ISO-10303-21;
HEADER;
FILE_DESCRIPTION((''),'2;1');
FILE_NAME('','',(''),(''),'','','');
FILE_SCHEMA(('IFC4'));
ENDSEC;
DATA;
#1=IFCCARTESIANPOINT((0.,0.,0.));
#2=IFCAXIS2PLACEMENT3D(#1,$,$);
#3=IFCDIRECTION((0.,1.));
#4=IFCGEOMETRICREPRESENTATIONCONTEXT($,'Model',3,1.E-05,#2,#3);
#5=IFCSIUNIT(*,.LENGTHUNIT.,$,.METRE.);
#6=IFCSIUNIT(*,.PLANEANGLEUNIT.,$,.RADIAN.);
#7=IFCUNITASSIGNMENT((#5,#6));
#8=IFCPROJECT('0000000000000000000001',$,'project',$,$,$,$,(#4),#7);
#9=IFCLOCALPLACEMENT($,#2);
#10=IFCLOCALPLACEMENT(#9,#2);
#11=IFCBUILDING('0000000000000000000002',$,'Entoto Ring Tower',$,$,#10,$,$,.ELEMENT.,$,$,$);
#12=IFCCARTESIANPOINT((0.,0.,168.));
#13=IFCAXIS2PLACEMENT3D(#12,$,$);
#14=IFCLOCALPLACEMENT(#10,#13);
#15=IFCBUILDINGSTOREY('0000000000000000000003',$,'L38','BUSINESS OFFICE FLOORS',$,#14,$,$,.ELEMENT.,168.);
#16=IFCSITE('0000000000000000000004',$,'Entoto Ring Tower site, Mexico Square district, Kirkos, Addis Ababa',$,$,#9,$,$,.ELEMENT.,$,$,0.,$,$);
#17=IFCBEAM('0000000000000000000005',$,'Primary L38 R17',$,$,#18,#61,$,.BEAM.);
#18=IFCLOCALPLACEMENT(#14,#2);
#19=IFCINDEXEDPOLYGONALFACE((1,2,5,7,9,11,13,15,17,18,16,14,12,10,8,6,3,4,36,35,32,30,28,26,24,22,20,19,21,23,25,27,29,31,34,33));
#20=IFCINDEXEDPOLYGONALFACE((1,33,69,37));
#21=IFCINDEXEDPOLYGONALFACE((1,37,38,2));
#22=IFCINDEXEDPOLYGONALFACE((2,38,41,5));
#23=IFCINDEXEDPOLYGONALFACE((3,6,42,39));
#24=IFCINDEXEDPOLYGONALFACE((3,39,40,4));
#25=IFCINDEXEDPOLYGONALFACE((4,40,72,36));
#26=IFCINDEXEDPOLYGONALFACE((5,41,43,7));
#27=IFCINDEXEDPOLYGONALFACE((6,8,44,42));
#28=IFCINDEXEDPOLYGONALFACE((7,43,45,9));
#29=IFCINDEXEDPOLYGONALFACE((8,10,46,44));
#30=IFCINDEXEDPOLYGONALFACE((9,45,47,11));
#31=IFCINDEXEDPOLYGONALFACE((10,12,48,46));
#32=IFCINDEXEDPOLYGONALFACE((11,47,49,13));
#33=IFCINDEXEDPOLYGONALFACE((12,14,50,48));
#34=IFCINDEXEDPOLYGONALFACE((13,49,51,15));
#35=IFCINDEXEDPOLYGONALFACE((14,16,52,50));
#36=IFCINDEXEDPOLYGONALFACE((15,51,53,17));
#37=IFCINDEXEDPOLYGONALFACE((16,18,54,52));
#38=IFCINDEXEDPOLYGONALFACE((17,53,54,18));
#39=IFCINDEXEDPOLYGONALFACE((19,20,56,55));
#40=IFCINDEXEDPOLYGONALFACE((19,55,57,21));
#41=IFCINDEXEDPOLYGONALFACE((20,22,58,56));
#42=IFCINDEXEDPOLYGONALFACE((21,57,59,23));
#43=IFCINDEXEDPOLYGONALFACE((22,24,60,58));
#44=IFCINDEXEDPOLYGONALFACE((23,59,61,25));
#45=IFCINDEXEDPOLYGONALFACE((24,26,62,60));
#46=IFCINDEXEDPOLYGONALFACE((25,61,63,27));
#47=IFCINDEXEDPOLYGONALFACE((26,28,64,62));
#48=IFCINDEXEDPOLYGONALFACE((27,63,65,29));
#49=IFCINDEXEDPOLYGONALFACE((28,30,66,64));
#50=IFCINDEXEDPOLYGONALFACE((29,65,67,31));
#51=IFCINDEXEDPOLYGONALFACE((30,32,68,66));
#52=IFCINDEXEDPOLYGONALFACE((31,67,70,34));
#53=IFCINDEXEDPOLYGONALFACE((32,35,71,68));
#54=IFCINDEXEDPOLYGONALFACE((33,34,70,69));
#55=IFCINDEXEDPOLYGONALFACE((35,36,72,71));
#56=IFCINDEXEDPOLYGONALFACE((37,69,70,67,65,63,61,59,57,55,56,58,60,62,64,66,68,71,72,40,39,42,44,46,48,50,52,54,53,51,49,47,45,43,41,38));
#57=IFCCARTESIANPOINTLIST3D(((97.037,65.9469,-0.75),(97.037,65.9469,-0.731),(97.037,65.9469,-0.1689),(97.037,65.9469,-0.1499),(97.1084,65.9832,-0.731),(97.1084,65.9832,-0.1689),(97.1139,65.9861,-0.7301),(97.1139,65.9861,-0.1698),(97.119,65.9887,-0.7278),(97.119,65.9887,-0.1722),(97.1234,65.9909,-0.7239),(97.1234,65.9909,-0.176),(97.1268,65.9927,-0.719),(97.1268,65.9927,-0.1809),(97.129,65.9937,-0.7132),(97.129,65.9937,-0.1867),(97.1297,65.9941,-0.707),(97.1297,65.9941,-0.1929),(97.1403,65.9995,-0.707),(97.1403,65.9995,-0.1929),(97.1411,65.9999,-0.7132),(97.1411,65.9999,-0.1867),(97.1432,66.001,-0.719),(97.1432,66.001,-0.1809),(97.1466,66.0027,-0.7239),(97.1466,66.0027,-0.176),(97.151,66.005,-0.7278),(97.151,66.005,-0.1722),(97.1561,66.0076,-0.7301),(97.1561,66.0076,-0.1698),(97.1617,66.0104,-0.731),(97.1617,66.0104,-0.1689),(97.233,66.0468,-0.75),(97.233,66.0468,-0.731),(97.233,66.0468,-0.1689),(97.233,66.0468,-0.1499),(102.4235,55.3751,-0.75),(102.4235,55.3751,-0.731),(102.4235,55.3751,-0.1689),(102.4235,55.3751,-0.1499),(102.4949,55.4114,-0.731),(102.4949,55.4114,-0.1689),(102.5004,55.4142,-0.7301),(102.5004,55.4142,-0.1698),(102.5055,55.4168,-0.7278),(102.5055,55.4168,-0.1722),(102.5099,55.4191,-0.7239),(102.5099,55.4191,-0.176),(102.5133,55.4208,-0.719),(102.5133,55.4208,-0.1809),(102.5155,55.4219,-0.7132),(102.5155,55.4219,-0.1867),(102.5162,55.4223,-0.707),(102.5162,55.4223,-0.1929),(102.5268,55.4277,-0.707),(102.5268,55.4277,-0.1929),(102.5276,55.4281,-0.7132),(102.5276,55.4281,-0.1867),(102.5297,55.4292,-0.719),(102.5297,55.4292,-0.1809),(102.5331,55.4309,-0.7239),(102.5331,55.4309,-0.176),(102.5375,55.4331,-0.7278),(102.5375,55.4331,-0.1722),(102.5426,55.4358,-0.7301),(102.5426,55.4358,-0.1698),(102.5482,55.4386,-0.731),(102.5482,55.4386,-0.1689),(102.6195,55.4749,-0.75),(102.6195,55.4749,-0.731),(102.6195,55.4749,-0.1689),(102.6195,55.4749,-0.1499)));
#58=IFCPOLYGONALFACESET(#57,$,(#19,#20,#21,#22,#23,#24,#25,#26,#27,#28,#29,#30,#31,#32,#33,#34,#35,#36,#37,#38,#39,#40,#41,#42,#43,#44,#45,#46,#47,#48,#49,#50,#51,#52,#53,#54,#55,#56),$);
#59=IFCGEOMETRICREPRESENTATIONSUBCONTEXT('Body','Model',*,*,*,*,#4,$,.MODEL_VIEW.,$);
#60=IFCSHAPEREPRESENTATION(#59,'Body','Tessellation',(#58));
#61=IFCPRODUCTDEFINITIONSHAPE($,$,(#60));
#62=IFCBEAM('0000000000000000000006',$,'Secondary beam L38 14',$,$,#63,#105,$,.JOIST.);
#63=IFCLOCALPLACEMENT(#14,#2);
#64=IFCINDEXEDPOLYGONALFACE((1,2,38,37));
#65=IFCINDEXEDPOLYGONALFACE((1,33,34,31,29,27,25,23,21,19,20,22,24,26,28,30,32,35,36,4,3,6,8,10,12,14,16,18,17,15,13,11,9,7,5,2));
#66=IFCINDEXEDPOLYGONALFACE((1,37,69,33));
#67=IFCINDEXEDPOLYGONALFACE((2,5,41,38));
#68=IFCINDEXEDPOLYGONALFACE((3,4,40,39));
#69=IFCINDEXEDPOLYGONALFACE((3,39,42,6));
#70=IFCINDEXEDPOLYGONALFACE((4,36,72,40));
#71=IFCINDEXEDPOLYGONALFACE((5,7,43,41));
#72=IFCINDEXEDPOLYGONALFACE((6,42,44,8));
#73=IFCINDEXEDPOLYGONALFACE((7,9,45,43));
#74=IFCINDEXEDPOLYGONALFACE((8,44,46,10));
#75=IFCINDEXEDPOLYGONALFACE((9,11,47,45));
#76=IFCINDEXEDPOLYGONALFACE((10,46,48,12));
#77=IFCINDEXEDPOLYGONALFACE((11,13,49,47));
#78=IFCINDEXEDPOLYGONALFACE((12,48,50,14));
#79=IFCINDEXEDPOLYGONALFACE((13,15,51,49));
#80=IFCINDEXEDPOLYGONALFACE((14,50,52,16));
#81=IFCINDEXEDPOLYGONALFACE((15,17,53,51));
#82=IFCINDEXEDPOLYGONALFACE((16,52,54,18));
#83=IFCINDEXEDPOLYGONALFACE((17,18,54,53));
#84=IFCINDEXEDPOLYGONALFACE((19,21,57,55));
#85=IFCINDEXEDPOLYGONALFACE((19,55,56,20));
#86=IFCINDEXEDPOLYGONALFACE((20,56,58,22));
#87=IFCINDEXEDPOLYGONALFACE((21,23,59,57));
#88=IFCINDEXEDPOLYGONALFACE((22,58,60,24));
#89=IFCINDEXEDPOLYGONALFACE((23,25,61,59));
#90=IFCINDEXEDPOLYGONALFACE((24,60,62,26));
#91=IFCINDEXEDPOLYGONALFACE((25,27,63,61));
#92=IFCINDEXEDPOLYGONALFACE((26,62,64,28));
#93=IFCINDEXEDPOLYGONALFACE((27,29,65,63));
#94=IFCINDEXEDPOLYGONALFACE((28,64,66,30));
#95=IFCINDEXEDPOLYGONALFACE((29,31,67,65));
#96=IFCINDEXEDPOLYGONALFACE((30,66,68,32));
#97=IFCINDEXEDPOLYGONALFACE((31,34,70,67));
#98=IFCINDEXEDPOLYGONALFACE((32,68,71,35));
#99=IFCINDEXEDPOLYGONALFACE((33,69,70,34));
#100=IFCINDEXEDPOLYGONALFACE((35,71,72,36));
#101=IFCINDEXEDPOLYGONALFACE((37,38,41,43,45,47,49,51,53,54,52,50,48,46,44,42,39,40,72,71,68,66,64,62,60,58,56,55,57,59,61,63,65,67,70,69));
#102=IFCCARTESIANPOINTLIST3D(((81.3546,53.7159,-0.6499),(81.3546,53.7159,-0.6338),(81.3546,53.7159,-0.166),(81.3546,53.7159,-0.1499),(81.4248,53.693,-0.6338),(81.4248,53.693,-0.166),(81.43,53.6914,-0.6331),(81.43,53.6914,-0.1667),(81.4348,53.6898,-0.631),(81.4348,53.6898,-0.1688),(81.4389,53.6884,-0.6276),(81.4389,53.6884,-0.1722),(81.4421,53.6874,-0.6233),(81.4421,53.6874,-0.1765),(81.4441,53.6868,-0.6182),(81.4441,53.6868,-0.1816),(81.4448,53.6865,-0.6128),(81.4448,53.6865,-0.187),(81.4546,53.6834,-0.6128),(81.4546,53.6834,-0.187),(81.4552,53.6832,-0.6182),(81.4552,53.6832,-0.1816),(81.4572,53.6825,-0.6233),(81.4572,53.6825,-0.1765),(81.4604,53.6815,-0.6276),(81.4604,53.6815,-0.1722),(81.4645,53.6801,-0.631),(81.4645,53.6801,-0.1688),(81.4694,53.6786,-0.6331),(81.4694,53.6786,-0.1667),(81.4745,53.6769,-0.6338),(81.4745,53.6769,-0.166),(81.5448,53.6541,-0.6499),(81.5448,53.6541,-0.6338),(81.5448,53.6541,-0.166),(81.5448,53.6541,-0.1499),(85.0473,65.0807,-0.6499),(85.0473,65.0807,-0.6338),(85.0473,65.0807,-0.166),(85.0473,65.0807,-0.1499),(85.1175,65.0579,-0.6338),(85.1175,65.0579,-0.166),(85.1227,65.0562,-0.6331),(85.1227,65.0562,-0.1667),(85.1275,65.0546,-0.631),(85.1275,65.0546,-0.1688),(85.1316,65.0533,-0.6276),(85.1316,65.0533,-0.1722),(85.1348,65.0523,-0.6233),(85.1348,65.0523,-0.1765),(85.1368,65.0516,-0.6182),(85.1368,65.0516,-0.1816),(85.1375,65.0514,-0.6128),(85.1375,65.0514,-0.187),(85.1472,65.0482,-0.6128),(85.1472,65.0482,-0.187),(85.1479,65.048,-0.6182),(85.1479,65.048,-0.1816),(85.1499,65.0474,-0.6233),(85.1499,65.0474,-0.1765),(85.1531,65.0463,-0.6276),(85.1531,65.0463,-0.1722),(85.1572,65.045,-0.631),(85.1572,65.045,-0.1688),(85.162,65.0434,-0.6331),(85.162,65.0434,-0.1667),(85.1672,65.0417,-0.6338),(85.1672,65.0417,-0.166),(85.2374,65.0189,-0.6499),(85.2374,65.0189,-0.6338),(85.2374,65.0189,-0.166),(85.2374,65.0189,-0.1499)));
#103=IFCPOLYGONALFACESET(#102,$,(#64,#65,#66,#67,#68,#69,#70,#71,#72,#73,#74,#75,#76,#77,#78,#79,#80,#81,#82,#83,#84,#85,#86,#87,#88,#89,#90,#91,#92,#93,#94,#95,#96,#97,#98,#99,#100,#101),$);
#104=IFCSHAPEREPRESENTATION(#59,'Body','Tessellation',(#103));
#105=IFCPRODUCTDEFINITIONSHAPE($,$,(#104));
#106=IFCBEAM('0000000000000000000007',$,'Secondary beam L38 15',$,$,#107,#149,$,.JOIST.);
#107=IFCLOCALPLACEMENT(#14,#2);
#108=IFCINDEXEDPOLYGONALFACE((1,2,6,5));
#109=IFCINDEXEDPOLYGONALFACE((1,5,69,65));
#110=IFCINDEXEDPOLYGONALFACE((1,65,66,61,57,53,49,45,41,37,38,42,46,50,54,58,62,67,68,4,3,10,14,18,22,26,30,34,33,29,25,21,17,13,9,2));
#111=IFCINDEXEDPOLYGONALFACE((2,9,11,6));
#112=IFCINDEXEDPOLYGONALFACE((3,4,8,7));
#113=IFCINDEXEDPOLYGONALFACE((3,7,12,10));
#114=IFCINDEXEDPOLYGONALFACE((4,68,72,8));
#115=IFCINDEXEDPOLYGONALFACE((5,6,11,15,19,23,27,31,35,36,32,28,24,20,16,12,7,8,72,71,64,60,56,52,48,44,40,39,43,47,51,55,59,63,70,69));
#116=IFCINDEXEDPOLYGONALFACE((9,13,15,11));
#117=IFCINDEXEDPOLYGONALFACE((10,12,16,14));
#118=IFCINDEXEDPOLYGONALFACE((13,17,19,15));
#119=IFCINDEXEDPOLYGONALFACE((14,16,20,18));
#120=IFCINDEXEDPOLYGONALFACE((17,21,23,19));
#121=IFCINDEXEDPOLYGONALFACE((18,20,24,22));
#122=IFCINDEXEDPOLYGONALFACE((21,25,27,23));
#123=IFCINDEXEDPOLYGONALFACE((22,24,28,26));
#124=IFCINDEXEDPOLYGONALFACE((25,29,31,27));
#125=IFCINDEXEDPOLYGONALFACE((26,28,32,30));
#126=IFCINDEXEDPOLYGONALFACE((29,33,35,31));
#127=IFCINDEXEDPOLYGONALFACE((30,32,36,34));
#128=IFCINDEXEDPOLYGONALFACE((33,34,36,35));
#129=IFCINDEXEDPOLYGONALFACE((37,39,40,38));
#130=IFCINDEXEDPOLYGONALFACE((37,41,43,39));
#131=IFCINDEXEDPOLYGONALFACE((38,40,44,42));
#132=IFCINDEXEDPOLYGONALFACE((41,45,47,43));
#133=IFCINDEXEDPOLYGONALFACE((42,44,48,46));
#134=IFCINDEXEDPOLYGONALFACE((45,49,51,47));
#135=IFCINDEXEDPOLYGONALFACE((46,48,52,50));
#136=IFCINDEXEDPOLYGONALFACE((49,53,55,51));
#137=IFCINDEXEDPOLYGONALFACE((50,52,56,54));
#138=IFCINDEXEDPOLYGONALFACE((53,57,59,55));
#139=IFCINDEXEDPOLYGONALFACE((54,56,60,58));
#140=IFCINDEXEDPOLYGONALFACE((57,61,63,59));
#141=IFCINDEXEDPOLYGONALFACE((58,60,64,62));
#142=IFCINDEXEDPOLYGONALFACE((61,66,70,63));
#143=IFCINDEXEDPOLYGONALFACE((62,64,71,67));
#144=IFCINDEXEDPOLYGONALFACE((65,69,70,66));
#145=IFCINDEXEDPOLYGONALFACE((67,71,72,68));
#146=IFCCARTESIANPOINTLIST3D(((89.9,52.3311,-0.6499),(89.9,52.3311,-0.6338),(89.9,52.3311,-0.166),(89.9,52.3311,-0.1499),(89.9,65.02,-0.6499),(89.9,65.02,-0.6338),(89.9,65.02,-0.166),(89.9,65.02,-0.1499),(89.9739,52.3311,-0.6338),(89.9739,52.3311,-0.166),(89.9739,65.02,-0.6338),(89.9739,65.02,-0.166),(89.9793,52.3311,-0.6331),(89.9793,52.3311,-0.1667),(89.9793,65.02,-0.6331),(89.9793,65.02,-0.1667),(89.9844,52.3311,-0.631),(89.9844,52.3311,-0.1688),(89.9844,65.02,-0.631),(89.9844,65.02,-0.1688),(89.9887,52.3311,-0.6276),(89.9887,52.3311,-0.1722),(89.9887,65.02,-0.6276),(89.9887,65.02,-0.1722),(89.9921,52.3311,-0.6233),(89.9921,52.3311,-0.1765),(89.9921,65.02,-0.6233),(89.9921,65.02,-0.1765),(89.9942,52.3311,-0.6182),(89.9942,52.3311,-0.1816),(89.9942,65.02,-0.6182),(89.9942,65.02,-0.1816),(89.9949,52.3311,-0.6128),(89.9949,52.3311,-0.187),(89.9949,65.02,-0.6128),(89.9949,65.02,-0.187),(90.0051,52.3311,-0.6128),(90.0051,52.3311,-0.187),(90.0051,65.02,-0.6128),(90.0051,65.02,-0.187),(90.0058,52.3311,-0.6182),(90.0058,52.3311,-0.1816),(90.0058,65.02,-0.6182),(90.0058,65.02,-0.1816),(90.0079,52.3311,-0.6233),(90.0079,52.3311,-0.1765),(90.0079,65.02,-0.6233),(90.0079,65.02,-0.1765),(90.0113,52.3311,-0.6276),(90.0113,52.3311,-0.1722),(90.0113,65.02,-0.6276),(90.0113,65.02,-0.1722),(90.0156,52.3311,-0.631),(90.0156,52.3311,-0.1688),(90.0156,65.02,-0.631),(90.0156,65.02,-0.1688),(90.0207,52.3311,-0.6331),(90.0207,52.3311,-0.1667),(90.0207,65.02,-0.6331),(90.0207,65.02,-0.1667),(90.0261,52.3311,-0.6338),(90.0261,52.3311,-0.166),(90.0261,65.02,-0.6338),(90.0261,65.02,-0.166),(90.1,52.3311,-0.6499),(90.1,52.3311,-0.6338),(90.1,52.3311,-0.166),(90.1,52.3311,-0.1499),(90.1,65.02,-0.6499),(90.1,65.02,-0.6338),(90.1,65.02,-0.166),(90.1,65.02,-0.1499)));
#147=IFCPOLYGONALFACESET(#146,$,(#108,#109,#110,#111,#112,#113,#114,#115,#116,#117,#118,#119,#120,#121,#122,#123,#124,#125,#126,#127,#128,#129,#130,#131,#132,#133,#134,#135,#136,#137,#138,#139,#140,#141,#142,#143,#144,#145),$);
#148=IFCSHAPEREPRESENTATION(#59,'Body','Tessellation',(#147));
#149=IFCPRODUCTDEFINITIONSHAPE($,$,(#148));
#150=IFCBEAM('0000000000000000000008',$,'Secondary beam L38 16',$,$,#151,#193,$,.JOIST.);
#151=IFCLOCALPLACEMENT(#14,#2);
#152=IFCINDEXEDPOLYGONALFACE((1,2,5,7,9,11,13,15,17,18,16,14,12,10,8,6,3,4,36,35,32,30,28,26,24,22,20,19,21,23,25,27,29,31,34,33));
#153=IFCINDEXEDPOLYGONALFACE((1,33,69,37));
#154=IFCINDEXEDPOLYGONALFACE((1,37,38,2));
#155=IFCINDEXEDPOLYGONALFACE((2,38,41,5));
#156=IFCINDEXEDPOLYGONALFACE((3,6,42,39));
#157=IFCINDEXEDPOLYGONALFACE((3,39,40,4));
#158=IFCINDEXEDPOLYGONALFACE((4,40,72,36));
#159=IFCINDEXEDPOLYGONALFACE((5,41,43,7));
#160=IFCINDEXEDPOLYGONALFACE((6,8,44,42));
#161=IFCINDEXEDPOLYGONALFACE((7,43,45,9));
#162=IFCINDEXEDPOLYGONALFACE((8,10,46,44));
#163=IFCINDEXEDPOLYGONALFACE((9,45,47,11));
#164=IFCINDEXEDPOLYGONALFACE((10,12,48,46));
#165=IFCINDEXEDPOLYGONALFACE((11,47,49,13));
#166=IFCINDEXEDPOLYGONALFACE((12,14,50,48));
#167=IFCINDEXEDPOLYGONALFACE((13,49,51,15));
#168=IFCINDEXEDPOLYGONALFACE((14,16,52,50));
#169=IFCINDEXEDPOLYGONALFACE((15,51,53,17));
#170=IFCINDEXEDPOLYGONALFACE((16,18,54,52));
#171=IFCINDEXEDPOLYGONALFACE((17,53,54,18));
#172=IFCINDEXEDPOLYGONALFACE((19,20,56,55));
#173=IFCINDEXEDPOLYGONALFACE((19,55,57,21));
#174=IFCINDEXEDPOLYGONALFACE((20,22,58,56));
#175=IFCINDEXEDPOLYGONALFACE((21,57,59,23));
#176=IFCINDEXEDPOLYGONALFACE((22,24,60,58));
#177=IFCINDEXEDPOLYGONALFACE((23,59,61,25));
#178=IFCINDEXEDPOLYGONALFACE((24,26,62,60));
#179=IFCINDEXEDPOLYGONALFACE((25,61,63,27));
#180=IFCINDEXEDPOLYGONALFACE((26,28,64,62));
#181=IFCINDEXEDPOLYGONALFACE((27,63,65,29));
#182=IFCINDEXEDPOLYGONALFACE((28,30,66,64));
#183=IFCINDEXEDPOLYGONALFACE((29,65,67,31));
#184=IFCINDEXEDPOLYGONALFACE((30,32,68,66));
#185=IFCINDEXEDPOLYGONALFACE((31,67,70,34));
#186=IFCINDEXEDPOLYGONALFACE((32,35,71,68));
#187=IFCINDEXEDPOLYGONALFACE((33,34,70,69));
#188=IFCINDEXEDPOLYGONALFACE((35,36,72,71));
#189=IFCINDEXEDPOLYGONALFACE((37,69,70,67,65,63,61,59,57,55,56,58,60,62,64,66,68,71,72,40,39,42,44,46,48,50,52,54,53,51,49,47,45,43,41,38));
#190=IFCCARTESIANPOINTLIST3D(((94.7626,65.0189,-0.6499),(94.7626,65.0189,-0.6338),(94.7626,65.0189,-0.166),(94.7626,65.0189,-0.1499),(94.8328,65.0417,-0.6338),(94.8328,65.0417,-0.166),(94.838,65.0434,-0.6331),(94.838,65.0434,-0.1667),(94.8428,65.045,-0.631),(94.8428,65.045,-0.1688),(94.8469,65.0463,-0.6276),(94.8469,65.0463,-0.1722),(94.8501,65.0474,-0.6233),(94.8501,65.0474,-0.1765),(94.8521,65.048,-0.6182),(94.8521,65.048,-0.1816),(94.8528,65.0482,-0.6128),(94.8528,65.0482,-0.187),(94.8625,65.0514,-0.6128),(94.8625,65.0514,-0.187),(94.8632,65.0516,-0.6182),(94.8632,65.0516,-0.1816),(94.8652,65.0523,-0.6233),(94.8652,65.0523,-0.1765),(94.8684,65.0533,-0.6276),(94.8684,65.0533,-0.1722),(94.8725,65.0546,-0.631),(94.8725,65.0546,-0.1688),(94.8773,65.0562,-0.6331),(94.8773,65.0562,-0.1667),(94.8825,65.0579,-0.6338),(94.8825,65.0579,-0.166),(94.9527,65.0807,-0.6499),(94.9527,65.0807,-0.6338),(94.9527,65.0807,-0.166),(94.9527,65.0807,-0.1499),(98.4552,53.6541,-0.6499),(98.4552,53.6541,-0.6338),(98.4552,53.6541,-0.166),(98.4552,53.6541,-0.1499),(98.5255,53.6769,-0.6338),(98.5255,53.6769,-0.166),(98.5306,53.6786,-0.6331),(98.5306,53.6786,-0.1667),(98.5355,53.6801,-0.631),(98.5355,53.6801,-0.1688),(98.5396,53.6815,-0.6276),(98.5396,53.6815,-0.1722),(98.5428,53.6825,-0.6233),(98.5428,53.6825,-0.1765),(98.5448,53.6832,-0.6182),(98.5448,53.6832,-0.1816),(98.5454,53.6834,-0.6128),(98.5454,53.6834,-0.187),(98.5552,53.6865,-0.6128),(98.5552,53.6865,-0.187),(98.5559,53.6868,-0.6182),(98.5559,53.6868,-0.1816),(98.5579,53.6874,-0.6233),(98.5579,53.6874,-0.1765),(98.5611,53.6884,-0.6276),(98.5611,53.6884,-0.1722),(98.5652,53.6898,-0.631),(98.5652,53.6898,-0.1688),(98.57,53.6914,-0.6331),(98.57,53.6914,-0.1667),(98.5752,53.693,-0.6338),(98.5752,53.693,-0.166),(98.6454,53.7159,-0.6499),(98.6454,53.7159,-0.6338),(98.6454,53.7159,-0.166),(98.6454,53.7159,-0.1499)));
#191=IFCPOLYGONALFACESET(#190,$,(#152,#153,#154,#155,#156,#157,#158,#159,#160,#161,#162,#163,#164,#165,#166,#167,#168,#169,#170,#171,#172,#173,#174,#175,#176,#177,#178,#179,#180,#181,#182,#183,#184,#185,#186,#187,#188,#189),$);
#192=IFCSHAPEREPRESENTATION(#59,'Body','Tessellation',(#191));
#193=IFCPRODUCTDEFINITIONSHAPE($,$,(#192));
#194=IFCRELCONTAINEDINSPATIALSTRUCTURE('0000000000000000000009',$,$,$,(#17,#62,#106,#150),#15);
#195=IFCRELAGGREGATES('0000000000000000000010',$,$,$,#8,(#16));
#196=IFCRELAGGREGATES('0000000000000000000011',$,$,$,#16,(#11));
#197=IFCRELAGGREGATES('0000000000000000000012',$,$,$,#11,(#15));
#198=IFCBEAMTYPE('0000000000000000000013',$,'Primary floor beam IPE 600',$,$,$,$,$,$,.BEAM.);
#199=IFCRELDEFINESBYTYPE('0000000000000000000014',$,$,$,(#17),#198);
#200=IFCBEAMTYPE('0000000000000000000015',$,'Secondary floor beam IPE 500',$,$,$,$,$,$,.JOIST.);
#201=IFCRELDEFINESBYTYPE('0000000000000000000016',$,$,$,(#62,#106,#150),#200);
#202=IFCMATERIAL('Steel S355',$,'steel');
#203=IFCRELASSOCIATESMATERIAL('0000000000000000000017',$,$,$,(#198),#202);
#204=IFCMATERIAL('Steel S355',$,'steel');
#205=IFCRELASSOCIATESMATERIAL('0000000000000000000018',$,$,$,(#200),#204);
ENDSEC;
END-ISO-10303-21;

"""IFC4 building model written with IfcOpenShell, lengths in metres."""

from ifc_helpers import new_model, si_unit, direction, frame, origin, origin_2d, place, context, subcontext, project, spatial, i_section, extrude, material, material_profile, profile_set, type_object, element, save


model = new_model("IFC4")

# Units and contexts
model_context = context("Model", 3, precision=1e-05, world=origin(), true_north=direction((0.0, 1.0)))
body_context = subcontext(model_context, "Body", "Model", "MODEL_VIEW")
ifc_project = project(units=[si_unit("LENGTHUNIT", "METRE"), si_unit("PLANEANGLEUNIT", "RADIAN")], contexts=[model_context])

# Site, building, storey
site_placement = place(None, origin())
site = spatial("IfcSite", under=ifc_project, at=site_placement, Name="Entoto Ring Tower site, Mexico Square district, Kirkos, Addis Ababa", CompositionType="ELEMENT", RefElevation=0.0)
building_placement = place(site_placement, origin())
building = spatial("IfcBuilding", under=site, at=building_placement, Name="Entoto Ring Tower", CompositionType="ELEMENT")
storey_placement = place(building_placement, frame((0.0, 0.0, 168.0)))
storey = spatial("IfcBuildingStorey", under=building, at=storey_placement, Name="L38", Description="BUSINESS OFFICE FLOORS", CompositionType="ELEMENT", Elevation=168.0)

# Beams
ifc_material_1 = material(Name="Steel S355", Category="steel")
ifc_material_profile_1 = material_profile(ifc_material_1, i_section(OverallWidth=0.22, OverallDepth=0.6001, WebThickness=0.012, FlangeThickness=0.019, FilletRadius=0.0239, at=origin_2d()), Name="IPE 600")
ifc_profile_set_1 = profile_set([ifc_material_profile_1], Name="Steel S355")
beam_type_1 = type_object("IfcBeamType", Name="Primary floor beam IPE 600", PredefinedType="BEAM", material=ifc_profile_set_1)
beam_1_placement = place(storey_placement, frame((97.135, 65.9968, -0.45), z_axis=(0.453983, -0.89101, 0.0), x_axis=(0.89101, 0.453983, 0.0)))
element("IfcBeam", 1, at=beam_1_placement, inside=storey, type_object=beam_type_1, Name="Primary L38 R17", PredefinedType="BEAM", context=body_context, shape_type="SweptSolid", body=[
    extrude(i_section(OverallWidth=0.22, OverallDepth=0.6001, WebThickness=0.012, FlangeThickness=0.019, FilletRadius=0.0239, at=origin_2d()), origin(), (0.0, 0.0, 1.0), 11.865),
])
ifc_material_2 = material(Name="Steel S355", Category="steel")
ifc_material_profile_2 = material_profile(ifc_material_2, i_section(OverallWidth=0.2, OverallDepth=0.5, WebThickness=0.0103, FlangeThickness=0.0161, FilletRadius=0.021, at=origin_2d()), Name="IPE 500")
ifc_profile_set_2 = profile_set([ifc_material_profile_2], Name="Steel S355")
beam_type_2 = type_object("IfcBeamType", Name="Secondary floor beam IPE 500", PredefinedType="JOIST", material=ifc_profile_set_2)
beam_2_placement = place(storey_placement, frame((85.1423, 65.0498, -0.3999), z_axis=(-0.309017, -0.951057, 0.0), x_axis=(0.951057, -0.309017, 0.0)))
element("IfcBeam", 2, at=beam_2_placement, inside=storey, type_object=beam_type_2, Name="Secondary beam L38 14", PredefinedType="JOIST", context=body_context, shape_type="SweptSolid", body=[
    extrude(i_section(OverallWidth=0.2, OverallDepth=0.5, WebThickness=0.0103, FlangeThickness=0.0161, FilletRadius=0.021, at=origin_2d()), origin(), (0.0, 0.0, 1.0), 11.9497),
])
beam_3_placement = place(storey_placement, frame((90.0, 65.02, -0.3999), z_axis=(0.0, -1.0, 0.0), x_axis=(1.0, 0.0, 0.0)))
element("IfcBeam", 3, at=beam_3_placement, inside=storey, type_object=beam_type_2, Name="Secondary beam L38 15", PredefinedType="JOIST", context=body_context, shape_type="SweptSolid", body=[
    extrude(i_section(OverallWidth=0.2, OverallDepth=0.5, WebThickness=0.0103, FlangeThickness=0.0161, FilletRadius=0.021, at=origin_2d()), origin(), (0.0, 0.0, 1.0), 12.689),
])
beam_4_placement = place(storey_placement, frame((94.8577, 65.0498, -0.3999), z_axis=(0.309017, -0.951057, 0.0), x_axis=(0.951057, 0.309017, 0.0)))
element("IfcBeam", 4, at=beam_4_placement, inside=storey, type_object=beam_type_2, Name="Secondary beam L38 16", PredefinedType="JOIST", context=body_context, shape_type="SweptSolid", body=[
    extrude(i_section(OverallWidth=0.2, OverallDepth=0.5, WebThickness=0.0103, FlangeThickness=0.0161, FilletRadius=0.021, at=origin_2d()), origin(), (0.0, 0.0, 1.0), 11.9497),
])

save(model, "model.ifc")
